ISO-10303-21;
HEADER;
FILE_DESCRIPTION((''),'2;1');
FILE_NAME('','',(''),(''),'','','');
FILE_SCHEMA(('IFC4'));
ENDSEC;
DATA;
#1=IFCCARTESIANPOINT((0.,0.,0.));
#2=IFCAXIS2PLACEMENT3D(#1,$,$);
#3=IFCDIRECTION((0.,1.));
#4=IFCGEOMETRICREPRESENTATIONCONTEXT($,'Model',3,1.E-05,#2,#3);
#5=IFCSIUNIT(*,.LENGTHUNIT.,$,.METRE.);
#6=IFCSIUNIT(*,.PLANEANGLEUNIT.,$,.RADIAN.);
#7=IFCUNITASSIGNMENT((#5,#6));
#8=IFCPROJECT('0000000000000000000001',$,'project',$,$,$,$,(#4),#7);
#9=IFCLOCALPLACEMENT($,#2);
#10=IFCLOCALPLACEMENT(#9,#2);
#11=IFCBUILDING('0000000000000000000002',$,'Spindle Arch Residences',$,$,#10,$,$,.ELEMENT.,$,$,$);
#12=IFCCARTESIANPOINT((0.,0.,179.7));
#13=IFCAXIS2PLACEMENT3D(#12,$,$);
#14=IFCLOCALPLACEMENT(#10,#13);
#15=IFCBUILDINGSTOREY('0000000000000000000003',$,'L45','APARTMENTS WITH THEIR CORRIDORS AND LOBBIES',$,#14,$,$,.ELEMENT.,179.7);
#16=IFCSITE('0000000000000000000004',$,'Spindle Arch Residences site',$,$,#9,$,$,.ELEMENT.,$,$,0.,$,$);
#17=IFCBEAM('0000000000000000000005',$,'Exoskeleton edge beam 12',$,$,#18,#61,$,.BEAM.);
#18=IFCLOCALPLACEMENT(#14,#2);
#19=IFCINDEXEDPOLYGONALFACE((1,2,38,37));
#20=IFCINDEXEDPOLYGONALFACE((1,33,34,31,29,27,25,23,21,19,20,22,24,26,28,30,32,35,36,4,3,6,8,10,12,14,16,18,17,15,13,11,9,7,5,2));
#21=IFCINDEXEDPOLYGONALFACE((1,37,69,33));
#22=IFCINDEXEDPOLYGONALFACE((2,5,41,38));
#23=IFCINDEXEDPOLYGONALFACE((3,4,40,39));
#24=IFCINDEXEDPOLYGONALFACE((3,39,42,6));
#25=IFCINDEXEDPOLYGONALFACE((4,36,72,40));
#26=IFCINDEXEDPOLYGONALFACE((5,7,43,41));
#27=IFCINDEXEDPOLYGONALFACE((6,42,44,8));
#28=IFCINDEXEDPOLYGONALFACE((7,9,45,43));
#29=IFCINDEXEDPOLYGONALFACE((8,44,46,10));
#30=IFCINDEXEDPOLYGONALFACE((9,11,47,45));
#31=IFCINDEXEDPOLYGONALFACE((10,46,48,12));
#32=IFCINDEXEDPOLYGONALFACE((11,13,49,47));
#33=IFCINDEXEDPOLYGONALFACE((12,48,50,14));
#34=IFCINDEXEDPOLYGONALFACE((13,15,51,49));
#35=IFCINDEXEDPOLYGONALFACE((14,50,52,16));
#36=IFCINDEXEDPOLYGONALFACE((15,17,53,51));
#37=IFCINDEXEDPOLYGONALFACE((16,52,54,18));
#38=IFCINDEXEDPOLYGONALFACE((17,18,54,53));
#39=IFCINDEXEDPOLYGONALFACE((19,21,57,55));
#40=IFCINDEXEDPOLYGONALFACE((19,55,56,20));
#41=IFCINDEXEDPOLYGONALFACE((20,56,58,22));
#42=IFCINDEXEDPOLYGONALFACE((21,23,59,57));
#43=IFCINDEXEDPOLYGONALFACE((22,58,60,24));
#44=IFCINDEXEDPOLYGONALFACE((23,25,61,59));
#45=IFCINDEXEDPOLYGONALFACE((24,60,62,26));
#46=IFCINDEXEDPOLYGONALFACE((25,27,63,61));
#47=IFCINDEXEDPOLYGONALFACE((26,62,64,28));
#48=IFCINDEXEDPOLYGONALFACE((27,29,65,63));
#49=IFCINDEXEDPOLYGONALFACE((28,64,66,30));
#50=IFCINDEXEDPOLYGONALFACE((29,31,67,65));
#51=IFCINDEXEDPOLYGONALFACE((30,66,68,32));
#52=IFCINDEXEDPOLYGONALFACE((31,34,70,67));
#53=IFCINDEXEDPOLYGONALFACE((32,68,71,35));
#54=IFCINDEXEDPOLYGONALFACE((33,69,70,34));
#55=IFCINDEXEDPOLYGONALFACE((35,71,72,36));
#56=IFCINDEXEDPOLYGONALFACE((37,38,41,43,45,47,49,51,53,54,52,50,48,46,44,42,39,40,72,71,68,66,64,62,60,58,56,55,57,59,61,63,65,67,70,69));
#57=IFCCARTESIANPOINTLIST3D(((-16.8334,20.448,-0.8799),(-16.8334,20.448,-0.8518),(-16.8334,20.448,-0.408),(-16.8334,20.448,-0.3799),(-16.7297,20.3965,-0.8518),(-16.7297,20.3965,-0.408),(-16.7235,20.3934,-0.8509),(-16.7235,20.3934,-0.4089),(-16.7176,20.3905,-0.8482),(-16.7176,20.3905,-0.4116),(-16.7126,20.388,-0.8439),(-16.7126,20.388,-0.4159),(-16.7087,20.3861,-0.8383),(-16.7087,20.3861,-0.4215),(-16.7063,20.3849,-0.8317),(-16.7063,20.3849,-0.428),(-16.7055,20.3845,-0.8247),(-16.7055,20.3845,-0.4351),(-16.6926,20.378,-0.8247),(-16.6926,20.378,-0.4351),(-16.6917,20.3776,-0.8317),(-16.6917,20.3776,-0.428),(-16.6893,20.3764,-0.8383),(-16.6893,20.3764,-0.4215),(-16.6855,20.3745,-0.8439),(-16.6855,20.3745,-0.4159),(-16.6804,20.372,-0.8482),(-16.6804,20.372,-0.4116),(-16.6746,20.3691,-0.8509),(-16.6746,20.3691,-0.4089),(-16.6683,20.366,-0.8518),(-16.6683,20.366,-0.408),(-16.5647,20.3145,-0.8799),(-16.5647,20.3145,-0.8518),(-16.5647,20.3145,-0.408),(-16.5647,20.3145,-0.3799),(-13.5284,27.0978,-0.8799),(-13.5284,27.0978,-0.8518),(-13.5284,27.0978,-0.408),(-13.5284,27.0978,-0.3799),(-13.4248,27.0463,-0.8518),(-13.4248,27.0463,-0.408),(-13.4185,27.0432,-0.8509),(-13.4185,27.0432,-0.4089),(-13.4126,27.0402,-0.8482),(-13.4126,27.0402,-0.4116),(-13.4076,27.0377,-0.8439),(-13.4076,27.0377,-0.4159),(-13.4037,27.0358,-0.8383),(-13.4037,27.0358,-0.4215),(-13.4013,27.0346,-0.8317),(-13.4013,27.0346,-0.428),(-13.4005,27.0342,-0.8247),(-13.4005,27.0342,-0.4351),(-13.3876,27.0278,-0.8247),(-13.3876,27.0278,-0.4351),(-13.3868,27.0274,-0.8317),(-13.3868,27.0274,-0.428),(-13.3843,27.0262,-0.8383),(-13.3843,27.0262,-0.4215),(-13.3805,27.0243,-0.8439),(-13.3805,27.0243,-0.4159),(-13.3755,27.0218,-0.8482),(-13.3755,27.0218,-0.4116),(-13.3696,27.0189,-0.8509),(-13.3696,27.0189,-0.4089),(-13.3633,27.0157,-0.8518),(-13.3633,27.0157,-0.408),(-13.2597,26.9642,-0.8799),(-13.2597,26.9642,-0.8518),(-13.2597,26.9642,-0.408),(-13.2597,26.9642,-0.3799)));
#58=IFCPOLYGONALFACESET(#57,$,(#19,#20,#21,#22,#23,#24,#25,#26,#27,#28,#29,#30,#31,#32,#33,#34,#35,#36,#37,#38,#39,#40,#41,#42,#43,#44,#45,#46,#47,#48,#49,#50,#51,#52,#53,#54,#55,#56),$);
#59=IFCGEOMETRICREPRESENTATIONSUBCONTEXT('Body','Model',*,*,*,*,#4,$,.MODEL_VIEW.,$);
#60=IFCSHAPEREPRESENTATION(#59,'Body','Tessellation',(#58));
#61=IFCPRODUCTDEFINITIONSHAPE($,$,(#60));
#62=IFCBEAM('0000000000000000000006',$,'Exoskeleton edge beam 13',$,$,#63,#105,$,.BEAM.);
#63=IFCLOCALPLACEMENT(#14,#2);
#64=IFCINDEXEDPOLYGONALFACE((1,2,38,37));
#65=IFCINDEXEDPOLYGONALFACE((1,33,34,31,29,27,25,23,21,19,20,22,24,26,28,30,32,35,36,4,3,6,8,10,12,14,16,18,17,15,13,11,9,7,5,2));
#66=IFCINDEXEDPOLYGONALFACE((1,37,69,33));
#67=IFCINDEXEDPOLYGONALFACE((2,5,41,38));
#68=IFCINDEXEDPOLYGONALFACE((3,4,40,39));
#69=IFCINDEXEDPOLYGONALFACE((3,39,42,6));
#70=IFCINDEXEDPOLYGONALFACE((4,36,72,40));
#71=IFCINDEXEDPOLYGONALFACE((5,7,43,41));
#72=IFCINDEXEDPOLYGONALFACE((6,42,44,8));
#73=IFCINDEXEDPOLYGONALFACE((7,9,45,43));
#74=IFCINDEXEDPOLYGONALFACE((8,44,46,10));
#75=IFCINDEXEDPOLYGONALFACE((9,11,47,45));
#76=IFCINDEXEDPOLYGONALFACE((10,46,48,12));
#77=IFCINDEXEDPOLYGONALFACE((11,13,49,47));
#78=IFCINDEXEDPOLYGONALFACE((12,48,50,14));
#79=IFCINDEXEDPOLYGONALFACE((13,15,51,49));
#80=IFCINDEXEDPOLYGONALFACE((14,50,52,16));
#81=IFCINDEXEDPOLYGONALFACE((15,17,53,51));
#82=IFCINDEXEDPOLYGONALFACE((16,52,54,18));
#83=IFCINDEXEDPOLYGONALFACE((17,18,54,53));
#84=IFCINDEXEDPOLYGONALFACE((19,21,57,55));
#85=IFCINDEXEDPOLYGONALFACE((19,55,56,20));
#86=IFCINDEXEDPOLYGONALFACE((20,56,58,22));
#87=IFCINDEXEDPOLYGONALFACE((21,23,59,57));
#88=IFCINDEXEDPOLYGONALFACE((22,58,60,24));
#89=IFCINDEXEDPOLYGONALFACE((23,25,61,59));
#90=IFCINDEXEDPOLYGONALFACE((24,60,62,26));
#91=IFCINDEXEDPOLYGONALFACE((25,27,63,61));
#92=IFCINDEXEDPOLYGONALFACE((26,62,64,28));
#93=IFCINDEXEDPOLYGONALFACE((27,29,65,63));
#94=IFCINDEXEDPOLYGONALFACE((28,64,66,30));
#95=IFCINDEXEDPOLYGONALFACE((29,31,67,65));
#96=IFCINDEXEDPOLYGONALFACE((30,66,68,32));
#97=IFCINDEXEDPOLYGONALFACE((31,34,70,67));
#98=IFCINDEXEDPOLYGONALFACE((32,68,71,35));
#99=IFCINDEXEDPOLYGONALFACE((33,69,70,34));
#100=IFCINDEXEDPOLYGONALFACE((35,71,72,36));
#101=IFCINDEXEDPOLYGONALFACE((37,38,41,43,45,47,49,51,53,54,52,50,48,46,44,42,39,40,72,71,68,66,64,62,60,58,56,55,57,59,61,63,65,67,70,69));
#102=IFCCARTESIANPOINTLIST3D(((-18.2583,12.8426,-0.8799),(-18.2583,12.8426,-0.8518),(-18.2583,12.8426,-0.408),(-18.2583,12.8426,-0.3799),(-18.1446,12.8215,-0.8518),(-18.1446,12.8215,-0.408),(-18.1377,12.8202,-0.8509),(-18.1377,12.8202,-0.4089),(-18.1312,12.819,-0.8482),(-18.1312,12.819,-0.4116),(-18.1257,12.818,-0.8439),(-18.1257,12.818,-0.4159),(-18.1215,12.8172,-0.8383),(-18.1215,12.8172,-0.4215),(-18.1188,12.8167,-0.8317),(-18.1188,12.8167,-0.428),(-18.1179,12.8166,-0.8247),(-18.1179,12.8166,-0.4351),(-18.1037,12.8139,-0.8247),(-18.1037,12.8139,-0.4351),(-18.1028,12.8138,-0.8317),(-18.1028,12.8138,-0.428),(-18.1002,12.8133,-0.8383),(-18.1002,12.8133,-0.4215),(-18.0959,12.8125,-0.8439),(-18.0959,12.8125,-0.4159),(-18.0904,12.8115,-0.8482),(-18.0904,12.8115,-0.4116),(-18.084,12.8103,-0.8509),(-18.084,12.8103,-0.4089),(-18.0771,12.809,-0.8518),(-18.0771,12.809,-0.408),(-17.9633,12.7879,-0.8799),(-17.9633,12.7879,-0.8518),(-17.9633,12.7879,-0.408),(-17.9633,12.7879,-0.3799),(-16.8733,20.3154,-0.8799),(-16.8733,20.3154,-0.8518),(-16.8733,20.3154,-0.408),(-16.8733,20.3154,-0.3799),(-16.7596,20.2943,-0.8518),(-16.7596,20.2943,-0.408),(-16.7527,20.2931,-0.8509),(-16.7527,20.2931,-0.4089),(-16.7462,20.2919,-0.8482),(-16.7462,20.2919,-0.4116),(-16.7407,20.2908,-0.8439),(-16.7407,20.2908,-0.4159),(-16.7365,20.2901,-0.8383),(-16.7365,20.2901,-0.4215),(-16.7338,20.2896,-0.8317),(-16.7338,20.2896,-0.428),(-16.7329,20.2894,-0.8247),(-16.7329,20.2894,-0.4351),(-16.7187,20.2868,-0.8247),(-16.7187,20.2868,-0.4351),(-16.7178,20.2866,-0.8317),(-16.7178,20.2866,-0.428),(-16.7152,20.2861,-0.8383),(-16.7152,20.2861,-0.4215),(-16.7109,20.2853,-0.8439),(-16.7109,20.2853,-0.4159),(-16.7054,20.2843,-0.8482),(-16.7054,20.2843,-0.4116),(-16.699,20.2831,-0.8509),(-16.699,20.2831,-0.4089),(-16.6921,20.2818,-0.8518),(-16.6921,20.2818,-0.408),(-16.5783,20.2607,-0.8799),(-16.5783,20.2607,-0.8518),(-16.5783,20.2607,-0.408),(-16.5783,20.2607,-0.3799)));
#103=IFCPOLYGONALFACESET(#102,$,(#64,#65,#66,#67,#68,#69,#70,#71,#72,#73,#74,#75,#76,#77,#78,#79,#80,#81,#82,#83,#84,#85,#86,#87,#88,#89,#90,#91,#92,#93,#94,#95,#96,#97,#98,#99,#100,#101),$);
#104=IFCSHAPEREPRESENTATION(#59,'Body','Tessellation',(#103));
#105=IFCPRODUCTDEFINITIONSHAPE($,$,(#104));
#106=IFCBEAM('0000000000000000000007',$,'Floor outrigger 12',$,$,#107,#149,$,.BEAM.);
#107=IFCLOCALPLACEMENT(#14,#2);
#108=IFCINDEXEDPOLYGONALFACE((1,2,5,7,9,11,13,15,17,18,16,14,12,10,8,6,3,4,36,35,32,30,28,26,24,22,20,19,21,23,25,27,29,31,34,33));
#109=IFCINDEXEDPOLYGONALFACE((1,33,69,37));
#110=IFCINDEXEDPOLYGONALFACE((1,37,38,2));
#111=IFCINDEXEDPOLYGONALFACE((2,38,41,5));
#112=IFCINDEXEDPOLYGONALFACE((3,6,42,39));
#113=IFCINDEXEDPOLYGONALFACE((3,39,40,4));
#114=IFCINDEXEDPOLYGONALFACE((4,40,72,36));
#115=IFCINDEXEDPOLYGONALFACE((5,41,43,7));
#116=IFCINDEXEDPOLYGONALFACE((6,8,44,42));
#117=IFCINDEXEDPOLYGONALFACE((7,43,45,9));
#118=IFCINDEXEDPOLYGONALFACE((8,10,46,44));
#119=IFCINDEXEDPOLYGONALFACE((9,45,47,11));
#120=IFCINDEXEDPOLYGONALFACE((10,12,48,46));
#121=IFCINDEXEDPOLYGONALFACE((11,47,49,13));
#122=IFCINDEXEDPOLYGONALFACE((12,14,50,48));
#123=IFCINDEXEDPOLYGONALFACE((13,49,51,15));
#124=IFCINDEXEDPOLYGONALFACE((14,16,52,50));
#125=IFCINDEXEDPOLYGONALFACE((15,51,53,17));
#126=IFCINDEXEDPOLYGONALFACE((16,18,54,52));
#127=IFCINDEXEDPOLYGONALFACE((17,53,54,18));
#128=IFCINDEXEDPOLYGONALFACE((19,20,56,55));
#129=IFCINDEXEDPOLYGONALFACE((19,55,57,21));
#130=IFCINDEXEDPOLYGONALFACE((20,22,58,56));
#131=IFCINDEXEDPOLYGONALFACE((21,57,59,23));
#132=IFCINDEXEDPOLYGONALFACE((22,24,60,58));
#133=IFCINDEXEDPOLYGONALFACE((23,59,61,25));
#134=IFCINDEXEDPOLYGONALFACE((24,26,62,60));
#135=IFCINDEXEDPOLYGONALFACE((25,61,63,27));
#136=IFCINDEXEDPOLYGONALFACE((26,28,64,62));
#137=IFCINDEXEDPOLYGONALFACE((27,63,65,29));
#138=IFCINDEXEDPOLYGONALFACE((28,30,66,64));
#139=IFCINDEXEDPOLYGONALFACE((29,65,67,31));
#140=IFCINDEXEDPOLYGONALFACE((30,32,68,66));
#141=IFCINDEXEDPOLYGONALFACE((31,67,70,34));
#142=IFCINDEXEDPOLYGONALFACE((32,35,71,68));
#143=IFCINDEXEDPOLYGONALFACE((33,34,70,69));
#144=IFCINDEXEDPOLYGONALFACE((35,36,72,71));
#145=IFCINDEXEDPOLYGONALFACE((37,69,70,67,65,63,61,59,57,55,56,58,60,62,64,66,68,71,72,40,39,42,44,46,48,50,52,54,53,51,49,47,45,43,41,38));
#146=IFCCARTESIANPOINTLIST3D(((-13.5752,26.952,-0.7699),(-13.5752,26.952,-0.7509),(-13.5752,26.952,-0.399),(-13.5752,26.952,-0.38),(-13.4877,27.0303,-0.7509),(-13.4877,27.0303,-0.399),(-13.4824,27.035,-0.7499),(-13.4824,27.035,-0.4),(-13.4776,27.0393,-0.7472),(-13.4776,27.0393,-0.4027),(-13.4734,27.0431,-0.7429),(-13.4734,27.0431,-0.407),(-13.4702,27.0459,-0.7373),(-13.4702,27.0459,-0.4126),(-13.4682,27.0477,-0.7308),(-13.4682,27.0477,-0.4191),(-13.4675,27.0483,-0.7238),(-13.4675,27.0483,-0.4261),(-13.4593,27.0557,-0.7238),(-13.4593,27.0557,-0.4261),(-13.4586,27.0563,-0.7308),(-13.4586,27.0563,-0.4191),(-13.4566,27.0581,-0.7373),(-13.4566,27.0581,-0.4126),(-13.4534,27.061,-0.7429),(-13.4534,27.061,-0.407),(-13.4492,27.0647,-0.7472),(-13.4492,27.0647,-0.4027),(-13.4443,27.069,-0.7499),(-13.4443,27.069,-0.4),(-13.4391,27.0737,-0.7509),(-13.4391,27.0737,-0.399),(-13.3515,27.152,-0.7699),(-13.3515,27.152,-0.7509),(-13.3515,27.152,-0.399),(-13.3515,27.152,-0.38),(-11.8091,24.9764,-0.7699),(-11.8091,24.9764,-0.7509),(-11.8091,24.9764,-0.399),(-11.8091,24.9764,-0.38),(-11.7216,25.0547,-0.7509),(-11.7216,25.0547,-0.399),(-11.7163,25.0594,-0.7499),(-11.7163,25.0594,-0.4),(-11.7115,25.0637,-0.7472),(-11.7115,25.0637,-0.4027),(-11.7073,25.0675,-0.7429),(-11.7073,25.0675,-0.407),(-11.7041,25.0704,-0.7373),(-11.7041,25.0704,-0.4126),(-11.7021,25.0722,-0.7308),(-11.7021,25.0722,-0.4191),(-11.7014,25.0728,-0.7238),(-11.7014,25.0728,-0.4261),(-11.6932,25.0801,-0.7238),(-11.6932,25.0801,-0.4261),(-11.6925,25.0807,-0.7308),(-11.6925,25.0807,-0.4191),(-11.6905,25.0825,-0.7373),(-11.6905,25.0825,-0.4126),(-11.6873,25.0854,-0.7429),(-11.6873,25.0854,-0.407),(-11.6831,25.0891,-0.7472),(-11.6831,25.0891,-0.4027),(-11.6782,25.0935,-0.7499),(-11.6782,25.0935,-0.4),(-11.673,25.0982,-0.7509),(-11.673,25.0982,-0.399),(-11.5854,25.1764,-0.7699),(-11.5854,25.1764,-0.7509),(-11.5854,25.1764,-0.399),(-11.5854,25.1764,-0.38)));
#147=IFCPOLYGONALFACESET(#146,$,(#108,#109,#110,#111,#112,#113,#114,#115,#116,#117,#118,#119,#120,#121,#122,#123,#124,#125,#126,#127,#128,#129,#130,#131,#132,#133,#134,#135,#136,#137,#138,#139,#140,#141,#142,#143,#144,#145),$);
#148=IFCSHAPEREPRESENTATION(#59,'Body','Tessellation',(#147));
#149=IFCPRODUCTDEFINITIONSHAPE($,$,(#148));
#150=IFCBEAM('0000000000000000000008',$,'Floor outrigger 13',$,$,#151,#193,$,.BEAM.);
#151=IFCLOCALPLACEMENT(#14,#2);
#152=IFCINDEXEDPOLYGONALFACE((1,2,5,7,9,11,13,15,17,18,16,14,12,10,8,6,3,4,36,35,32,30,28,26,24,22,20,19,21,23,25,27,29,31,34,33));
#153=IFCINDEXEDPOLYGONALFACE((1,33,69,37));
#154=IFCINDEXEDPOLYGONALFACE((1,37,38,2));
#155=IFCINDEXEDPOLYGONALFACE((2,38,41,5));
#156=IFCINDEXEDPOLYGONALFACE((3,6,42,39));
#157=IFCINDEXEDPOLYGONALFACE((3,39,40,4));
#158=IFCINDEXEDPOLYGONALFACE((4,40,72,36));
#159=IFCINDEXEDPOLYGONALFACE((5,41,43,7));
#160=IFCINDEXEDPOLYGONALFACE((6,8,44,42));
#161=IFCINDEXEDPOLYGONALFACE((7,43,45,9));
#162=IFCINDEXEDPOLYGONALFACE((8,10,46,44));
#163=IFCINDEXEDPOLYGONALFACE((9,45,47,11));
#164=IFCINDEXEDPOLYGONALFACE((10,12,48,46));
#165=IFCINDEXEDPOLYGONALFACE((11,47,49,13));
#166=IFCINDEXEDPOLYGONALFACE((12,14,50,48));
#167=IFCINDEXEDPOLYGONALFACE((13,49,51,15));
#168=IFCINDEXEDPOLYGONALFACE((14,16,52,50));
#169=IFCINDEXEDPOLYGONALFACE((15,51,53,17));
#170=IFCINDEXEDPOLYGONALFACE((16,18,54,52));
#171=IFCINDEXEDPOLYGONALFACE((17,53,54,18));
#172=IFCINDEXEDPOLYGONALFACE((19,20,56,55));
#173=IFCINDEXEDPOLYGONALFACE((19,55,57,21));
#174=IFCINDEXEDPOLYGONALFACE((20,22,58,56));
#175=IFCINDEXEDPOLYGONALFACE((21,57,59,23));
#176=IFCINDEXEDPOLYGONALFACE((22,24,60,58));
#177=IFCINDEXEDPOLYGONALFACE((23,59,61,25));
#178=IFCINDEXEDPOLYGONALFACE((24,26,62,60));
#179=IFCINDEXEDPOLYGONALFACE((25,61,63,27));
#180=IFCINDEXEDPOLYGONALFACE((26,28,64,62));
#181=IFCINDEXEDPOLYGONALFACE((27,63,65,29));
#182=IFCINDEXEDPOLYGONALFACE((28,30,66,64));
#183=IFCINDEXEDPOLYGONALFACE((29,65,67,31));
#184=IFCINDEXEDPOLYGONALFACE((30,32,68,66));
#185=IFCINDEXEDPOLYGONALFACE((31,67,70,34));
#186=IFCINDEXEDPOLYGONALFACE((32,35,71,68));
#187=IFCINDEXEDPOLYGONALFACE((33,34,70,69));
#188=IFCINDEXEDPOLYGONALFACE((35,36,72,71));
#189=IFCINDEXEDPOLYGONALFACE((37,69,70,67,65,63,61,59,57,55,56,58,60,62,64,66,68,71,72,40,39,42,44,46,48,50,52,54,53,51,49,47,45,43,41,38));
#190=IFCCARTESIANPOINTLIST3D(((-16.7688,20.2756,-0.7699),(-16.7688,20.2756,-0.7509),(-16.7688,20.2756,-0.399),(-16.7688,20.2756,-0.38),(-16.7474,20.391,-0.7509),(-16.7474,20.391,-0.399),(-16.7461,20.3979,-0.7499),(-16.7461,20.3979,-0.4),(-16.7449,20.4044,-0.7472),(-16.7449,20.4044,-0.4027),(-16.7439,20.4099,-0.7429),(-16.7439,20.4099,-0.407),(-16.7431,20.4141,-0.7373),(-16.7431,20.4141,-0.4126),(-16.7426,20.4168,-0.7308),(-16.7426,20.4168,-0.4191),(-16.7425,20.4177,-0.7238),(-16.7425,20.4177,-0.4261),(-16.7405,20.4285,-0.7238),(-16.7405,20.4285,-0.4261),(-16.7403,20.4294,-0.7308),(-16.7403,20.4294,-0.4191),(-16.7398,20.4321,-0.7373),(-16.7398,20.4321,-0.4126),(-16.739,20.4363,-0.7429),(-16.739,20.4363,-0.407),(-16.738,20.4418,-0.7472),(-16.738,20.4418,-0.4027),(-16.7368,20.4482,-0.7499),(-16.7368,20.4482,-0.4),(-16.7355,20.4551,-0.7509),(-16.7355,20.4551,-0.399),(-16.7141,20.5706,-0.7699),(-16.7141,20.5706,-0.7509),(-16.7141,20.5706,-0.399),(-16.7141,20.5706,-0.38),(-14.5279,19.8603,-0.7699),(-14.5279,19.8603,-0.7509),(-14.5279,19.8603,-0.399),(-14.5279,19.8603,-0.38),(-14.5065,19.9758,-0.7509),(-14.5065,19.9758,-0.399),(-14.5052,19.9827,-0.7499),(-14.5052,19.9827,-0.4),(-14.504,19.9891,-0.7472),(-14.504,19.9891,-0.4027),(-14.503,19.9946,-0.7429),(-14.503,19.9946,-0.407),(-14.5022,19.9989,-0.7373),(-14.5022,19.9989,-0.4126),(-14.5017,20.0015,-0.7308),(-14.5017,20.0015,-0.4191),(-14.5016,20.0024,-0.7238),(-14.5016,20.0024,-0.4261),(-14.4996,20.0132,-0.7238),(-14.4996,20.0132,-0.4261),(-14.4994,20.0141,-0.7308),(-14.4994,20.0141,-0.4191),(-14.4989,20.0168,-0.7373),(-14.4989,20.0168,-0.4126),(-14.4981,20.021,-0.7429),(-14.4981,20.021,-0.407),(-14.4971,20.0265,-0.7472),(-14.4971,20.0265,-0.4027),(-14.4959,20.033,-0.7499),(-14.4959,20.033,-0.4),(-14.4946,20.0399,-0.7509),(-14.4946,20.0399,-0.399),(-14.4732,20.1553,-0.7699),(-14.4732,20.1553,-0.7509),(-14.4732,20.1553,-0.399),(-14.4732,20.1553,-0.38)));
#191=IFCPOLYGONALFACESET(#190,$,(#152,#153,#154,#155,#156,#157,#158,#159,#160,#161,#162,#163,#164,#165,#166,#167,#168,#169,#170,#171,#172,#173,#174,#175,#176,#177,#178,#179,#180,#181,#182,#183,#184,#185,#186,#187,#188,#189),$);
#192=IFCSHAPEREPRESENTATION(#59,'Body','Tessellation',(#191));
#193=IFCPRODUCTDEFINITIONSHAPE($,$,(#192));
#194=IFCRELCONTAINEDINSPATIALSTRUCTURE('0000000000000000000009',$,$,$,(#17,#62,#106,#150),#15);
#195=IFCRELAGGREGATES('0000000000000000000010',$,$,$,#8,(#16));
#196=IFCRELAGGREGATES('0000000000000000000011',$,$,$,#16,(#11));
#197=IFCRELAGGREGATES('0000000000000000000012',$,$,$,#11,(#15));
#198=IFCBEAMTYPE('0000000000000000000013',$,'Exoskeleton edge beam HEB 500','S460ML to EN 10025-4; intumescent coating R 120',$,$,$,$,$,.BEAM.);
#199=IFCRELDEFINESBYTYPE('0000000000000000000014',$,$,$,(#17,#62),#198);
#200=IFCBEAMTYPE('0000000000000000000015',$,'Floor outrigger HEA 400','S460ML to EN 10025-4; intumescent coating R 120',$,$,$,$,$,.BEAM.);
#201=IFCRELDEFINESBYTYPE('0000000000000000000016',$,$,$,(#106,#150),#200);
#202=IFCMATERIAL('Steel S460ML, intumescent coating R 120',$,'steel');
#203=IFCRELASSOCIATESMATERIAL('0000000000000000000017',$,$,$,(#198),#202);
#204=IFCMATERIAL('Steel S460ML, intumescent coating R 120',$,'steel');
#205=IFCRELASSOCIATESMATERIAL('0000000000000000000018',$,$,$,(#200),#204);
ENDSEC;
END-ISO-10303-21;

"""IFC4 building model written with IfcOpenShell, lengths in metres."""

from ifc_helpers import new_model, si_unit, direction, frame, origin, origin_2d, place, context, subcontext, project, spatial, i_section, extrude, material, material_profile, profile_set, type_object, element, save


model = new_model("IFC4")

# Units and contexts
model_context = context("Model", 3, precision=1e-05, world=origin(), true_north=direction((0.0, 1.0)))
body_context = subcontext(model_context, "Body", "Model", "MODEL_VIEW")
ifc_project = project(units=[si_unit("LENGTHUNIT", "METRE"), si_unit("PLANEANGLEUNIT", "RADIAN")], contexts=[model_context])

# Site, building, storey
site_placement = place(None, origin())
site = spatial("IfcSite", under=ifc_project, at=site_placement, Name="Spindle Arch Residences site", CompositionType="ELEMENT", RefElevation=0.0)
building_placement = place(site_placement, origin())
building = spatial("IfcBuilding", under=site, at=building_placement, Name="Spindle Arch Residences", CompositionType="ELEMENT")
storey_placement = place(building_placement, frame((0.0, 0.0, 179.7)))
storey = spatial("IfcBuildingStorey", under=building, at=storey_placement, Name="L45", Description="APARTMENTS WITH THEIR CORRIDORS AND LOBBIES", CompositionType="ELEMENT", Elevation=179.7)

# Beams
ifc_material_1 = material(Name="Steel S460ML, intumescent coating R 120", Category="steel")
ifc_material_profile_1 = material_profile(ifc_material_1, i_section(OverallWidth=0.3, OverallDepth=0.5, WebThickness=0.0144, FlangeThickness=0.0281, FilletRadius=0.0271, at=origin_2d()), Name="HEB 500")
ifc_profile_set_1 = profile_set([ifc_material_profile_1], Name="Steel S460ML, intumescent coating R 120")
beam_type_1 = type_object("IfcBeamType", Name="Exoskeleton edge beam HEB 500", Description="S460ML to EN 10025-4; intumescent coating R 120", PredefinedType="BEAM", material=ifc_profile_set_1)
beam_1_placement = place(storey_placement, frame((-13.394, 27.031, -0.6299), z_axis=(-0.445069, -0.895496, 0.0), x_axis=(0.895496, -0.445069, 0.0)))
element("IfcBeam", 1, at=beam_1_placement, inside=storey, type_object=beam_type_1, Name="Exoskeleton edge beam 12", PredefinedType="BEAM", context=body_context, shape_type="SweptSolid", body=[
    extrude(i_section(OverallWidth=0.3, OverallDepth=0.5, WebThickness=0.0144, FlangeThickness=0.0281, FilletRadius=0.0271, at=origin_2d()), origin(), (0.0, 0.0, 1.0), 7.4258),
])
beam_2_placement = place(storey_placement, frame((-16.7258, 20.2881, -0.6299), z_axis=(-0.182234, -0.983255, 0.0), x_axis=(0.983255, -0.182234, 0.0)))
element("IfcBeam", 2, at=beam_2_placement, inside=storey, type_object=beam_type_1, Name="Exoskeleton edge beam 13", PredefinedType="BEAM", context=body_context, shape_type="SweptSolid", body=[
    extrude(i_section(OverallWidth=0.3, OverallDepth=0.5, WebThickness=0.0144, FlangeThickness=0.0281, FilletRadius=0.0271, at=origin_2d()), origin(), (0.0, 0.0, 1.0), 7.6001),
])
ifc_material_2 = material(Name="Steel S460ML, intumescent coating R 120", Category="steel")
ifc_material_profile_2 = material_profile(ifc_material_2, i_section(OverallWidth=0.3, OverallDepth=0.3899, WebThickness=0.011, FlangeThickness=0.019, FilletRadius=0.0271, at=origin_2d()), Name="HEA 400")
ifc_profile_set_2 = profile_set([ifc_material_profile_2], Name="Steel S460ML, intumescent coating R 120")
beam_type_2 = type_object("IfcBeamType", Name="Floor outrigger HEA 400", Description="S460ML to EN 10025-4; intumescent coating R 120", PredefinedType="BEAM", material=ifc_profile_set_2)
beam_3_placement = place(storey_placement, frame((-13.4634, 27.052, -0.575), z_axis=(0.666477, -0.745526, 0.0), x_axis=(0.745526, 0.666477, 0.0)))
element("IfcBeam", 3, at=beam_3_placement, inside=storey, type_object=beam_type_2, Name="Floor outrigger 12", PredefinedType="BEAM", context=body_context, shape_type="SweptSolid", body=[
    extrude(i_section(OverallWidth=0.3, OverallDepth=0.3899, WebThickness=0.011, FlangeThickness=0.019, FilletRadius=0.0271, at=origin_2d()), origin(), (0.0, 0.0, 1.0), 2.6499),
])
beam_4_placement = place(storey_placement, frame((-16.7415, 20.4231, -0.575), z_axis=(0.983259, -0.182212, 0.0), x_axis=(0.182212, 0.983259, 0.0)))
element("IfcBeam", 4, at=beam_4_placement, inside=storey, type_object=beam_type_2, Name="Floor outrigger 13", PredefinedType="BEAM", context=body_context, shape_type="SweptSolid", body=[
    extrude(i_section(OverallWidth=0.3, OverallDepth=0.3899, WebThickness=0.011, FlangeThickness=0.019, FilletRadius=0.0271, at=origin_2d()), origin(), (0.0, 0.0, 1.0), 2.2791),
])

save(model, "model.ifc")
